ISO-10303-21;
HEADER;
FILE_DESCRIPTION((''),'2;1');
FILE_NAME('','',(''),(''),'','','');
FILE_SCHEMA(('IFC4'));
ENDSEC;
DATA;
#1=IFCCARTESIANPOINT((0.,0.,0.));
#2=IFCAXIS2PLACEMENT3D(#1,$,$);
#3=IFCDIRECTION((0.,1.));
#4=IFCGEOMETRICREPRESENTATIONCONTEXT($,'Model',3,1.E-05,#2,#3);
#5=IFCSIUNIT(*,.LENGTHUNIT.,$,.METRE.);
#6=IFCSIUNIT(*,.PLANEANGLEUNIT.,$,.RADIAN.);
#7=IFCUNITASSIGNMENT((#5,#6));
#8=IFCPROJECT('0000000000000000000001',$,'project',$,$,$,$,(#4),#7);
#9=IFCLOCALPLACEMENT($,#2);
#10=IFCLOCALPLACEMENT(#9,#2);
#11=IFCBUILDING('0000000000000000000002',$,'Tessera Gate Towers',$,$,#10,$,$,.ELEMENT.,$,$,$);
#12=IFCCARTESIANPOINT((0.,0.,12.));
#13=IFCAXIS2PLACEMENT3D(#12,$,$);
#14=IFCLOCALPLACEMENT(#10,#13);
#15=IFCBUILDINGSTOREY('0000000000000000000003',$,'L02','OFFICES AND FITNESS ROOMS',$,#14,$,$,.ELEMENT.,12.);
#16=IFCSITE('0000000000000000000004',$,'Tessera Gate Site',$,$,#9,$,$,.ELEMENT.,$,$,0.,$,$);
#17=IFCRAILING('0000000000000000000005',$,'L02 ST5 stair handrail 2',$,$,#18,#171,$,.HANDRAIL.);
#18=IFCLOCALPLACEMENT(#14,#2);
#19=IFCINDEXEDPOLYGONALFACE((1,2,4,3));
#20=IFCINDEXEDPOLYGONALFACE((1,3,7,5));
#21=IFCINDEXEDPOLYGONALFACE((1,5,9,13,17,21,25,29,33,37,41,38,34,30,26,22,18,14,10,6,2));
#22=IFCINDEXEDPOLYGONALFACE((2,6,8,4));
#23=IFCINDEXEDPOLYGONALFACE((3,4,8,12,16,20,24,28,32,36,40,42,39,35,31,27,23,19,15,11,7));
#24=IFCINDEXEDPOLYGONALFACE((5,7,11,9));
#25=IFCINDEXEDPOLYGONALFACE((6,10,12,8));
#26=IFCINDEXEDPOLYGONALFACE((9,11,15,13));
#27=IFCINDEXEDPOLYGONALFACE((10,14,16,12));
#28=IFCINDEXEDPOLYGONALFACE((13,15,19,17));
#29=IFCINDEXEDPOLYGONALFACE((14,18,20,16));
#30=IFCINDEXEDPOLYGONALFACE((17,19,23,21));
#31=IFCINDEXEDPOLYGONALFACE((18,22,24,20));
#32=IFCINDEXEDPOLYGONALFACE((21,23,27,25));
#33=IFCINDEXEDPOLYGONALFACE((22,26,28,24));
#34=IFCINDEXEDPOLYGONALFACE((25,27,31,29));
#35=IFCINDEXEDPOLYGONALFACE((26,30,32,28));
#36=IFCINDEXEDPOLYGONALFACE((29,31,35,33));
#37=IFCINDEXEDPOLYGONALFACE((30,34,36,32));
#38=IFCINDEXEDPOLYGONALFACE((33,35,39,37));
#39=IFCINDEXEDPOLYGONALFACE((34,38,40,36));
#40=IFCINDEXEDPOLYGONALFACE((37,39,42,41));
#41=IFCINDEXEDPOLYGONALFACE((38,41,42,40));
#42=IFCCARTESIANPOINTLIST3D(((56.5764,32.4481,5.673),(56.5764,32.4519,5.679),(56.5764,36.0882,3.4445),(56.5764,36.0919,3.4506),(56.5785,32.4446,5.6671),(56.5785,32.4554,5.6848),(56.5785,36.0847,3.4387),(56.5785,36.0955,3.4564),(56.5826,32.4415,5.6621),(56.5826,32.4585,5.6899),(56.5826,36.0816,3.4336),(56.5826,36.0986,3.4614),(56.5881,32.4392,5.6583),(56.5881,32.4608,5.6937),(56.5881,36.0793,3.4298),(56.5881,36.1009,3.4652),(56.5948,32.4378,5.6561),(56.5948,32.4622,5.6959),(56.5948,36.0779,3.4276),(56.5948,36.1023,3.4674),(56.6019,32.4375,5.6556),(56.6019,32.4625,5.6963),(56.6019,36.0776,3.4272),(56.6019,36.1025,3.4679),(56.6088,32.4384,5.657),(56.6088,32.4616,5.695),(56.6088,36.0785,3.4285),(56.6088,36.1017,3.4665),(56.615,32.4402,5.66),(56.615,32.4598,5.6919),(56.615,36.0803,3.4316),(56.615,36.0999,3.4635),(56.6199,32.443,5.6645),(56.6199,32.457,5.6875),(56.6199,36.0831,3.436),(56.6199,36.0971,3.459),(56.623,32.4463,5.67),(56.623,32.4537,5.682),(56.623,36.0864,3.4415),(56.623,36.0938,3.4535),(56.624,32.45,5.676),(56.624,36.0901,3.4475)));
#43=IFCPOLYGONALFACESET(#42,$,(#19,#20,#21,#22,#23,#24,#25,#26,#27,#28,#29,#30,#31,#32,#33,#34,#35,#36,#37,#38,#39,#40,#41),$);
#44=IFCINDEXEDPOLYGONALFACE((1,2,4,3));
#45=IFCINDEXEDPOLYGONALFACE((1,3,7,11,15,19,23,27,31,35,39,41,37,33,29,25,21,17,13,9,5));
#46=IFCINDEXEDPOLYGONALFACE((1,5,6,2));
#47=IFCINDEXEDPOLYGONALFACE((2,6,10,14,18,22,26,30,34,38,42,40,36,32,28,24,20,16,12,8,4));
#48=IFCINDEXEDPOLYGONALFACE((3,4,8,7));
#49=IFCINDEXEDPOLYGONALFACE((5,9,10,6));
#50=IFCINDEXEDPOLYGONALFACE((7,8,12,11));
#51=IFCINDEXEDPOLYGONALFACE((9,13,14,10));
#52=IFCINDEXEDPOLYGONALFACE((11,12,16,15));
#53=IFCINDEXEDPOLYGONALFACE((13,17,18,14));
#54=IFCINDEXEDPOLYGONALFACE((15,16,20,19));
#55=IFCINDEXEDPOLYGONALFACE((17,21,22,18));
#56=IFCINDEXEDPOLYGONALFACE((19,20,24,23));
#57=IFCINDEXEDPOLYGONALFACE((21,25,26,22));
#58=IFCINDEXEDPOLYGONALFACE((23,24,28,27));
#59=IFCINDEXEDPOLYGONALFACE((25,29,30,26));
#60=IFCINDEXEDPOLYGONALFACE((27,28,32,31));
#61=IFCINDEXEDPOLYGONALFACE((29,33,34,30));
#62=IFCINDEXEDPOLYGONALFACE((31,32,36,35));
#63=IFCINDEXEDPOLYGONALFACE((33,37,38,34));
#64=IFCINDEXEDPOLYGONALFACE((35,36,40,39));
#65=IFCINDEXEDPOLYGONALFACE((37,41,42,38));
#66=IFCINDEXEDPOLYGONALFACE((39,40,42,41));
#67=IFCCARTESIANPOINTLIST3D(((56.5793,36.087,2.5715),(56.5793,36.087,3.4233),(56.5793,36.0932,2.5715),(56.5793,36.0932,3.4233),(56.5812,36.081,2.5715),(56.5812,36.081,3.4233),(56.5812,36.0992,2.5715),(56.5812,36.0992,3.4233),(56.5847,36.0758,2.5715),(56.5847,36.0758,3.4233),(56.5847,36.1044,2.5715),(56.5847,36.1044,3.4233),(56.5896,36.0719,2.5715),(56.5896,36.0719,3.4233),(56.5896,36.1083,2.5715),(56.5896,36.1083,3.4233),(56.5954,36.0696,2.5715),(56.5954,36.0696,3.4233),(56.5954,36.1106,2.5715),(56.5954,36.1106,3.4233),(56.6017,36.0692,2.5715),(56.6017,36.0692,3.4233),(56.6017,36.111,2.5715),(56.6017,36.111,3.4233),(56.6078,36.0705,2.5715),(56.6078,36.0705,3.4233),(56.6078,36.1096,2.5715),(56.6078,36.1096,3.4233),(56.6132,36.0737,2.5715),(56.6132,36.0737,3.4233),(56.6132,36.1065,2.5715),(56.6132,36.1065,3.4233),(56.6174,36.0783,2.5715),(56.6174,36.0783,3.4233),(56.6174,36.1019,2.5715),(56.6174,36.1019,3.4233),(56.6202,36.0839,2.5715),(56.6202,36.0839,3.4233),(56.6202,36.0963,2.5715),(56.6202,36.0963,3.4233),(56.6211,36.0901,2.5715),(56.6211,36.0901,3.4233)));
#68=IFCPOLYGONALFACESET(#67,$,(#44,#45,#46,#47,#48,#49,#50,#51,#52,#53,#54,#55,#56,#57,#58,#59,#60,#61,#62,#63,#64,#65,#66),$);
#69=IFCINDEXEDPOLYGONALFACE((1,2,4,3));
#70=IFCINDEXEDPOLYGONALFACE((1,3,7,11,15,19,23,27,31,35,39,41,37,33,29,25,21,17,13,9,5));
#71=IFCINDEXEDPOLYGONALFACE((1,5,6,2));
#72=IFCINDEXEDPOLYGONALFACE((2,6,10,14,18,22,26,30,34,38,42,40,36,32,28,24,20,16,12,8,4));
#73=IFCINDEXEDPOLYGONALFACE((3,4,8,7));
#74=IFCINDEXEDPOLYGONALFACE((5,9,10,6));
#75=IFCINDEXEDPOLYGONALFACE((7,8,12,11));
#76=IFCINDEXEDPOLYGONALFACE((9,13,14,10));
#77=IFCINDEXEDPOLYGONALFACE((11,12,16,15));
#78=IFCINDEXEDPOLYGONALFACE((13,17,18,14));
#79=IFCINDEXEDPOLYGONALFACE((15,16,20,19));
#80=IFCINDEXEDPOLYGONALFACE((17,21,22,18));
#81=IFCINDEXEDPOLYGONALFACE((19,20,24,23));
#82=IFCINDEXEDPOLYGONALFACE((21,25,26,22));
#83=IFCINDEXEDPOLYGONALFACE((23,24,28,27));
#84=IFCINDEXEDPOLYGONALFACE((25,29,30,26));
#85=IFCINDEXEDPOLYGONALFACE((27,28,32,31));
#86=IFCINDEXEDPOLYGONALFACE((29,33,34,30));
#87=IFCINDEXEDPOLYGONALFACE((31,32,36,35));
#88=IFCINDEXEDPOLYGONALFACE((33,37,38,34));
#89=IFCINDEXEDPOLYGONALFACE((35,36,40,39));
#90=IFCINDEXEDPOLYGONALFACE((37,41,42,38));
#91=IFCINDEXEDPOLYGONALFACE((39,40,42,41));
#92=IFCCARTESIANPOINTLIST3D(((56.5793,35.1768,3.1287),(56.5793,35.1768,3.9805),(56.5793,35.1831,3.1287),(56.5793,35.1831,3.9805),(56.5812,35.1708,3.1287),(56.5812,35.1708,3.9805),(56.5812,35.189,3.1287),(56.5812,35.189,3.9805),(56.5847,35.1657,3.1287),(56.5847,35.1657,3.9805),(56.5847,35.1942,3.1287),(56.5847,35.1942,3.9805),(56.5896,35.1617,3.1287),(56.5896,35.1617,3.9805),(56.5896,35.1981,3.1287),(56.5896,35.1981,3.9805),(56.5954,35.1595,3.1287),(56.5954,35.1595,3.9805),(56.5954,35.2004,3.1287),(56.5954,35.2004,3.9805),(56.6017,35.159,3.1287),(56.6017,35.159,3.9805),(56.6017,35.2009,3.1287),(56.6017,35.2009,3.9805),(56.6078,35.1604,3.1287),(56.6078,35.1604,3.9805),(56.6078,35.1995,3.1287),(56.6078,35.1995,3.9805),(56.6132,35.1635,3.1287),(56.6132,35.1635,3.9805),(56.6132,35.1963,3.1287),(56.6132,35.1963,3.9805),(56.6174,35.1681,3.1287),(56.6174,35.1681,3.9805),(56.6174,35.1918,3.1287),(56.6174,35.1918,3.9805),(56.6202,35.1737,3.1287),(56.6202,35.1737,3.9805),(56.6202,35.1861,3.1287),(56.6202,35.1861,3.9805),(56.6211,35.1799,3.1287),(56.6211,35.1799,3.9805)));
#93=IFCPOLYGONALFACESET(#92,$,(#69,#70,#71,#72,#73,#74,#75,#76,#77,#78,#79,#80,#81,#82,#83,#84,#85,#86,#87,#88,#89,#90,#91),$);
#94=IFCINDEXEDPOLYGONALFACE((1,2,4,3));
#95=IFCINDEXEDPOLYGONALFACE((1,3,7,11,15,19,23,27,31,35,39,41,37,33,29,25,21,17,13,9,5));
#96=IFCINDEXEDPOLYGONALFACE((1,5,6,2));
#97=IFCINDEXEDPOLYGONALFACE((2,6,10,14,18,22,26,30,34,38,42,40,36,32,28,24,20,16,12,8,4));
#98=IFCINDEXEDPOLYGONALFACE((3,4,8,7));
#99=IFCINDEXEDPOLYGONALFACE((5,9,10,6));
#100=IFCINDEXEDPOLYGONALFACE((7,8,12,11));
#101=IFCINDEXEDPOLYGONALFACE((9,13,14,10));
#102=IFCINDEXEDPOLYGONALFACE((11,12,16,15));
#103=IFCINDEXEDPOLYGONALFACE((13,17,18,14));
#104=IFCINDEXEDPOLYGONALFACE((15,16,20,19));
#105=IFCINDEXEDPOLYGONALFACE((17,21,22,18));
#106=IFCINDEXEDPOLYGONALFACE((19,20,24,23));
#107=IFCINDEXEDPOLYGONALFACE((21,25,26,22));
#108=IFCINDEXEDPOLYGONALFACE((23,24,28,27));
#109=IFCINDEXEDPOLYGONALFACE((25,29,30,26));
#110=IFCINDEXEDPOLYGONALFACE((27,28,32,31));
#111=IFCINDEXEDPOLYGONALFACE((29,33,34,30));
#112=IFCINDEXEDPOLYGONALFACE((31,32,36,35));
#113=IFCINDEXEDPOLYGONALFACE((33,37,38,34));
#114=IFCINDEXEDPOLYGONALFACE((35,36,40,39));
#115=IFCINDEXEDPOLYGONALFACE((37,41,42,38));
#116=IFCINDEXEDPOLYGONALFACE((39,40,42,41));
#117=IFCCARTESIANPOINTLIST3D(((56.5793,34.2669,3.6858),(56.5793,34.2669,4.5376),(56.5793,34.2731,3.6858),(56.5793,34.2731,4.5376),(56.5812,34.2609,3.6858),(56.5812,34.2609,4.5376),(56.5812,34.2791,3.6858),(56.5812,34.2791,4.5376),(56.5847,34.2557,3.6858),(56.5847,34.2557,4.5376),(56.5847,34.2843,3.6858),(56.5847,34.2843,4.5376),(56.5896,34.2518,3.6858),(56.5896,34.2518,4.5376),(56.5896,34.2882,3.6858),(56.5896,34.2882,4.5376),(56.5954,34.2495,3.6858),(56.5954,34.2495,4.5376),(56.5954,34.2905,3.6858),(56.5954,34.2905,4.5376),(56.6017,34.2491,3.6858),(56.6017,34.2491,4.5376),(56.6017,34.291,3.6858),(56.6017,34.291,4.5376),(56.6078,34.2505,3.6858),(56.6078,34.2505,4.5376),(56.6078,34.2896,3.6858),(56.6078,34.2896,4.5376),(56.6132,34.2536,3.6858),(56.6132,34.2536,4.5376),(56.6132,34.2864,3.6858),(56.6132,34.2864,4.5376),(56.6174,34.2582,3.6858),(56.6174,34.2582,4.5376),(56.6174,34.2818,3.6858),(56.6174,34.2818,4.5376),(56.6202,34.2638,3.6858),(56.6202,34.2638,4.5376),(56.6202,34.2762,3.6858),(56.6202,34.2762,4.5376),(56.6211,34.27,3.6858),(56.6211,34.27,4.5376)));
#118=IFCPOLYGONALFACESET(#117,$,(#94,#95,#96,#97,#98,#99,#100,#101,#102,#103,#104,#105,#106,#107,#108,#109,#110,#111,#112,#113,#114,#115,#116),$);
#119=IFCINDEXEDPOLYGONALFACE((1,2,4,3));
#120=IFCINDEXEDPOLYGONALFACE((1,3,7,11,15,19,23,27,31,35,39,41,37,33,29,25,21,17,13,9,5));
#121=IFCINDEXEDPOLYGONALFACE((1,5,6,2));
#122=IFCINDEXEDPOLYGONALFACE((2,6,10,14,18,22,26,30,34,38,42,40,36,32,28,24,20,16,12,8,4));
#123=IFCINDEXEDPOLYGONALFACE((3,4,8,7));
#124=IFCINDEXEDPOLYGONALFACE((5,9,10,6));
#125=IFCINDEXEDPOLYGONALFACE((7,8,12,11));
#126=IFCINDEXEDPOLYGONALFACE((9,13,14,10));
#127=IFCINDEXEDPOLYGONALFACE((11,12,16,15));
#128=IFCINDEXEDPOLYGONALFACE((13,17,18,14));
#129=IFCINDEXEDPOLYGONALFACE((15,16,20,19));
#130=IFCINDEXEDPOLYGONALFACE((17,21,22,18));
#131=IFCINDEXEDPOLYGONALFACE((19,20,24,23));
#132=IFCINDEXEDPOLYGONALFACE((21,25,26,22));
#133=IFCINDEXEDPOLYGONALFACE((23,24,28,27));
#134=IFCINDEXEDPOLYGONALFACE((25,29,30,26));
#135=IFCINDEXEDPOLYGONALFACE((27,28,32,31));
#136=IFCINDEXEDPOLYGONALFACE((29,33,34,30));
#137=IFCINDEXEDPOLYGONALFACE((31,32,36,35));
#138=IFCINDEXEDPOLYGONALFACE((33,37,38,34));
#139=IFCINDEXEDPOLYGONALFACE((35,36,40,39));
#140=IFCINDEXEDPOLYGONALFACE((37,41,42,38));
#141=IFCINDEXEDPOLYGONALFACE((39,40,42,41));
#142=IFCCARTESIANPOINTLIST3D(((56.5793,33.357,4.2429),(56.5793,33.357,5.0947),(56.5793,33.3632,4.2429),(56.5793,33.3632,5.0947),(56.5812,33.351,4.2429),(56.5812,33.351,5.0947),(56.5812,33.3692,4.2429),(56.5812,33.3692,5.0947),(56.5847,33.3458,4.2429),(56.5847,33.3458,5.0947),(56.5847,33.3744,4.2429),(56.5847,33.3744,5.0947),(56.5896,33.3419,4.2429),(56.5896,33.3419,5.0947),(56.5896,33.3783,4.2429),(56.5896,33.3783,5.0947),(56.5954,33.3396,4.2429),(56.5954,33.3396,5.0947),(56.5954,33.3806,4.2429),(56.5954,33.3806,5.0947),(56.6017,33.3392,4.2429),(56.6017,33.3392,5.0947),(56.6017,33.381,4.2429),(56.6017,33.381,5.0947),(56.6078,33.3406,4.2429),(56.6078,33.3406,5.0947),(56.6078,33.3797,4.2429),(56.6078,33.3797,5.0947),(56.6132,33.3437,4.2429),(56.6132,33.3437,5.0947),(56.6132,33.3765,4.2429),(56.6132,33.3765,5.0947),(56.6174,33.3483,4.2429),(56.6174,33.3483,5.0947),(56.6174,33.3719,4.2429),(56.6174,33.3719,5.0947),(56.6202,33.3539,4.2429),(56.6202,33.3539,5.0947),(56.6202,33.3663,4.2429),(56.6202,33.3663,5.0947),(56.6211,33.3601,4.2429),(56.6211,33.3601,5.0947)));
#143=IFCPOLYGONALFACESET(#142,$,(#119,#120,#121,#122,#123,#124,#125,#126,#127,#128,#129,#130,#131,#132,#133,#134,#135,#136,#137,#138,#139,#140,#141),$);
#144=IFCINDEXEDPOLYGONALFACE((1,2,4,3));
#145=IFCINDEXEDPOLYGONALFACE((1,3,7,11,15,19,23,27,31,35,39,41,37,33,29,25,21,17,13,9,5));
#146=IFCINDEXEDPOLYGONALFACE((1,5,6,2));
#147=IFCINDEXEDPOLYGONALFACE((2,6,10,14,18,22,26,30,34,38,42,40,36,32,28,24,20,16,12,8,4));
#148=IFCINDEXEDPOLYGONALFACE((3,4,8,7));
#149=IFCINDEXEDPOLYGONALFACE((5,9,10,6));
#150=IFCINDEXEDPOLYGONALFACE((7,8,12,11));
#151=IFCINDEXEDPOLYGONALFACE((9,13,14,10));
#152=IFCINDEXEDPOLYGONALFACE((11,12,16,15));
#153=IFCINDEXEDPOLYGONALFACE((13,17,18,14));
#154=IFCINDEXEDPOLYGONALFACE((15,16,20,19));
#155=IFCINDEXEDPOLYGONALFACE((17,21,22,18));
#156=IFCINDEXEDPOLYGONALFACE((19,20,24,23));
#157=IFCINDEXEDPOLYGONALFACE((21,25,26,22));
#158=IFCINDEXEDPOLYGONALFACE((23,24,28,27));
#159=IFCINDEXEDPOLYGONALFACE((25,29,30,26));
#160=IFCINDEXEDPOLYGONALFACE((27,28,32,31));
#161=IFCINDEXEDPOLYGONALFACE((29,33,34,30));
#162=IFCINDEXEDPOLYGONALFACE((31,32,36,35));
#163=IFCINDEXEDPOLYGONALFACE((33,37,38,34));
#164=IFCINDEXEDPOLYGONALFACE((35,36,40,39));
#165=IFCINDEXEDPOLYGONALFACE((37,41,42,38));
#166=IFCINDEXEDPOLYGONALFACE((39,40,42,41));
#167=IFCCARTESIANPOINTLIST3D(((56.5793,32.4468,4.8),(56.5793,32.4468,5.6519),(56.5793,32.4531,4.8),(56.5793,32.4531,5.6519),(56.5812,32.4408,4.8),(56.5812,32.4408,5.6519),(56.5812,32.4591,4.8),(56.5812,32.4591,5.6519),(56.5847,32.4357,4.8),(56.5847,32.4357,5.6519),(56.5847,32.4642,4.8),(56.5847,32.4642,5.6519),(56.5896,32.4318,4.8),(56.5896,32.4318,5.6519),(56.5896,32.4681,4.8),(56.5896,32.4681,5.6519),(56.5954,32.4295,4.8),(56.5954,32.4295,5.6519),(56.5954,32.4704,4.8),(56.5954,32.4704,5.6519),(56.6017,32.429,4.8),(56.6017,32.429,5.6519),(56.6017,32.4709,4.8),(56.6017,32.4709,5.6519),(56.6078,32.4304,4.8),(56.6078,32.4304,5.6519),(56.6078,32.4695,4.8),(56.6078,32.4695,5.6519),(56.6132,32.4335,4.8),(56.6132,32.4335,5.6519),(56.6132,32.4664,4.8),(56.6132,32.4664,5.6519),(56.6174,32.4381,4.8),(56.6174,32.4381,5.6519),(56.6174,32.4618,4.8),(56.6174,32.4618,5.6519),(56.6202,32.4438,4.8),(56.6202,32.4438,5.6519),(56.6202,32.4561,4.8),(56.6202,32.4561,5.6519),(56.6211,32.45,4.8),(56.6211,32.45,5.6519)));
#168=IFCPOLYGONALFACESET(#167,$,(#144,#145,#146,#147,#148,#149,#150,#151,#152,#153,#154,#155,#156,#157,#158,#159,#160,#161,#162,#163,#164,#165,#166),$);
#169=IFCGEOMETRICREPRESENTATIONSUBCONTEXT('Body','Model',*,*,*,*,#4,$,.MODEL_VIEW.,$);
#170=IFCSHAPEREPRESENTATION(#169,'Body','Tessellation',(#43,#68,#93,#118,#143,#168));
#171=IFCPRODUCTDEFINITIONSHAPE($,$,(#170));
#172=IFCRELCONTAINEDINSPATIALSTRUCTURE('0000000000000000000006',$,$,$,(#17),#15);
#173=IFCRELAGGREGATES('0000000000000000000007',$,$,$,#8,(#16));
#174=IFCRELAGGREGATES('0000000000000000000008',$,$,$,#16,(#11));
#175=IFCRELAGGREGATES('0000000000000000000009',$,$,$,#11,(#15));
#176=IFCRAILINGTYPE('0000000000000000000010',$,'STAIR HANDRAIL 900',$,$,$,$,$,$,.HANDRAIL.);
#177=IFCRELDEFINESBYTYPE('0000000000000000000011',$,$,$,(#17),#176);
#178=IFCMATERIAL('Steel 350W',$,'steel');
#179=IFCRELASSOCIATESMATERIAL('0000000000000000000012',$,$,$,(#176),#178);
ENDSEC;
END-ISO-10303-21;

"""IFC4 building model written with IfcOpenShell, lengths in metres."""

from ifc_helpers import new_model, si_unit, direction, frame, origin, origin_2d, place, context, subcontext, project, spatial, circle, extrude, material, type_object, element, save


model = new_model("IFC4")

# Units and contexts
model_context = context("Model", 3, precision=1e-05, world=origin(), true_north=direction((0.0, 1.0)))
body_context = subcontext(model_context, "Body", "Model", "MODEL_VIEW")
ifc_project = project(units=[si_unit("LENGTHUNIT", "METRE"), si_unit("PLANEANGLEUNIT", "RADIAN")], contexts=[model_context])

# Site, building, storey
site_placement = place(None, origin())
site = spatial("IfcSite", under=ifc_project, at=site_placement, Name="Tessera Gate Site", CompositionType="ELEMENT", RefElevation=0.0)
building_placement = place(site_placement, origin())
building = spatial("IfcBuilding", under=site, at=building_placement, Name="Tessera Gate Towers", CompositionType="ELEMENT")
storey_placement = place(building_placement, frame((0.0, 0.0, 12.0)))
storey = spatial("IfcBuildingStorey", under=building, at=storey_placement, Name="L02", Description="OFFICES AND FITNESS ROOMS", CompositionType="ELEMENT", Elevation=12.0)

# Railing
ifc_material_1 = material(Name="Steel 350W", Category="steel")
railing_type = type_object("IfcRailingType", Name="STAIR HANDRAIL 900", PredefinedType="HANDRAIL", material=ifc_material_1)
railing_placement = place(storey_placement, frame((56.6001, 36.0901, 2.5715)))
element("IfcRailing", 1, at=railing_placement, inside=storey, type_object=railing_type, Name="L02 ST5 stair handrail 2", PredefinedType="HANDRAIL", context=body_context, shape_type="SweptSolid", body=[
    extrude(circle(Radius=0.0239, at=origin_2d()), frame((0.0, 0.0, 0.876), z_axis=(0.0, -0.852866, 0.52213), x_axis=(1.0, 0.0, 0.0)), (0.0, 0.0, 1.0), 4.2681),
    extrude(circle(Radius=0.021, at=origin_2d()), origin(), (0.0, 0.0, 1.0), 0.8518),
    extrude(circle(Radius=0.021, at=origin_2d()), frame((0.0, -0.9102, 0.5571)), (0.0, 0.0, 1.0), 0.8518),
    extrude(circle(Radius=0.021, at=origin_2d()), frame((0.0, -1.8201, 1.1143)), (0.0, 0.0, 1.0), 0.8518),
    extrude(circle(Radius=0.021, at=origin_2d()), frame((0.0, -2.73, 1.6714)), (0.0, 0.0, 1.0), 0.8518),
    extrude(circle(Radius=0.021, at=origin_2d()), frame((0.0, -3.6401, 2.2285)), (0.0, 0.0, 1.0), 0.8518),
])

save(model, "model.ifc")
